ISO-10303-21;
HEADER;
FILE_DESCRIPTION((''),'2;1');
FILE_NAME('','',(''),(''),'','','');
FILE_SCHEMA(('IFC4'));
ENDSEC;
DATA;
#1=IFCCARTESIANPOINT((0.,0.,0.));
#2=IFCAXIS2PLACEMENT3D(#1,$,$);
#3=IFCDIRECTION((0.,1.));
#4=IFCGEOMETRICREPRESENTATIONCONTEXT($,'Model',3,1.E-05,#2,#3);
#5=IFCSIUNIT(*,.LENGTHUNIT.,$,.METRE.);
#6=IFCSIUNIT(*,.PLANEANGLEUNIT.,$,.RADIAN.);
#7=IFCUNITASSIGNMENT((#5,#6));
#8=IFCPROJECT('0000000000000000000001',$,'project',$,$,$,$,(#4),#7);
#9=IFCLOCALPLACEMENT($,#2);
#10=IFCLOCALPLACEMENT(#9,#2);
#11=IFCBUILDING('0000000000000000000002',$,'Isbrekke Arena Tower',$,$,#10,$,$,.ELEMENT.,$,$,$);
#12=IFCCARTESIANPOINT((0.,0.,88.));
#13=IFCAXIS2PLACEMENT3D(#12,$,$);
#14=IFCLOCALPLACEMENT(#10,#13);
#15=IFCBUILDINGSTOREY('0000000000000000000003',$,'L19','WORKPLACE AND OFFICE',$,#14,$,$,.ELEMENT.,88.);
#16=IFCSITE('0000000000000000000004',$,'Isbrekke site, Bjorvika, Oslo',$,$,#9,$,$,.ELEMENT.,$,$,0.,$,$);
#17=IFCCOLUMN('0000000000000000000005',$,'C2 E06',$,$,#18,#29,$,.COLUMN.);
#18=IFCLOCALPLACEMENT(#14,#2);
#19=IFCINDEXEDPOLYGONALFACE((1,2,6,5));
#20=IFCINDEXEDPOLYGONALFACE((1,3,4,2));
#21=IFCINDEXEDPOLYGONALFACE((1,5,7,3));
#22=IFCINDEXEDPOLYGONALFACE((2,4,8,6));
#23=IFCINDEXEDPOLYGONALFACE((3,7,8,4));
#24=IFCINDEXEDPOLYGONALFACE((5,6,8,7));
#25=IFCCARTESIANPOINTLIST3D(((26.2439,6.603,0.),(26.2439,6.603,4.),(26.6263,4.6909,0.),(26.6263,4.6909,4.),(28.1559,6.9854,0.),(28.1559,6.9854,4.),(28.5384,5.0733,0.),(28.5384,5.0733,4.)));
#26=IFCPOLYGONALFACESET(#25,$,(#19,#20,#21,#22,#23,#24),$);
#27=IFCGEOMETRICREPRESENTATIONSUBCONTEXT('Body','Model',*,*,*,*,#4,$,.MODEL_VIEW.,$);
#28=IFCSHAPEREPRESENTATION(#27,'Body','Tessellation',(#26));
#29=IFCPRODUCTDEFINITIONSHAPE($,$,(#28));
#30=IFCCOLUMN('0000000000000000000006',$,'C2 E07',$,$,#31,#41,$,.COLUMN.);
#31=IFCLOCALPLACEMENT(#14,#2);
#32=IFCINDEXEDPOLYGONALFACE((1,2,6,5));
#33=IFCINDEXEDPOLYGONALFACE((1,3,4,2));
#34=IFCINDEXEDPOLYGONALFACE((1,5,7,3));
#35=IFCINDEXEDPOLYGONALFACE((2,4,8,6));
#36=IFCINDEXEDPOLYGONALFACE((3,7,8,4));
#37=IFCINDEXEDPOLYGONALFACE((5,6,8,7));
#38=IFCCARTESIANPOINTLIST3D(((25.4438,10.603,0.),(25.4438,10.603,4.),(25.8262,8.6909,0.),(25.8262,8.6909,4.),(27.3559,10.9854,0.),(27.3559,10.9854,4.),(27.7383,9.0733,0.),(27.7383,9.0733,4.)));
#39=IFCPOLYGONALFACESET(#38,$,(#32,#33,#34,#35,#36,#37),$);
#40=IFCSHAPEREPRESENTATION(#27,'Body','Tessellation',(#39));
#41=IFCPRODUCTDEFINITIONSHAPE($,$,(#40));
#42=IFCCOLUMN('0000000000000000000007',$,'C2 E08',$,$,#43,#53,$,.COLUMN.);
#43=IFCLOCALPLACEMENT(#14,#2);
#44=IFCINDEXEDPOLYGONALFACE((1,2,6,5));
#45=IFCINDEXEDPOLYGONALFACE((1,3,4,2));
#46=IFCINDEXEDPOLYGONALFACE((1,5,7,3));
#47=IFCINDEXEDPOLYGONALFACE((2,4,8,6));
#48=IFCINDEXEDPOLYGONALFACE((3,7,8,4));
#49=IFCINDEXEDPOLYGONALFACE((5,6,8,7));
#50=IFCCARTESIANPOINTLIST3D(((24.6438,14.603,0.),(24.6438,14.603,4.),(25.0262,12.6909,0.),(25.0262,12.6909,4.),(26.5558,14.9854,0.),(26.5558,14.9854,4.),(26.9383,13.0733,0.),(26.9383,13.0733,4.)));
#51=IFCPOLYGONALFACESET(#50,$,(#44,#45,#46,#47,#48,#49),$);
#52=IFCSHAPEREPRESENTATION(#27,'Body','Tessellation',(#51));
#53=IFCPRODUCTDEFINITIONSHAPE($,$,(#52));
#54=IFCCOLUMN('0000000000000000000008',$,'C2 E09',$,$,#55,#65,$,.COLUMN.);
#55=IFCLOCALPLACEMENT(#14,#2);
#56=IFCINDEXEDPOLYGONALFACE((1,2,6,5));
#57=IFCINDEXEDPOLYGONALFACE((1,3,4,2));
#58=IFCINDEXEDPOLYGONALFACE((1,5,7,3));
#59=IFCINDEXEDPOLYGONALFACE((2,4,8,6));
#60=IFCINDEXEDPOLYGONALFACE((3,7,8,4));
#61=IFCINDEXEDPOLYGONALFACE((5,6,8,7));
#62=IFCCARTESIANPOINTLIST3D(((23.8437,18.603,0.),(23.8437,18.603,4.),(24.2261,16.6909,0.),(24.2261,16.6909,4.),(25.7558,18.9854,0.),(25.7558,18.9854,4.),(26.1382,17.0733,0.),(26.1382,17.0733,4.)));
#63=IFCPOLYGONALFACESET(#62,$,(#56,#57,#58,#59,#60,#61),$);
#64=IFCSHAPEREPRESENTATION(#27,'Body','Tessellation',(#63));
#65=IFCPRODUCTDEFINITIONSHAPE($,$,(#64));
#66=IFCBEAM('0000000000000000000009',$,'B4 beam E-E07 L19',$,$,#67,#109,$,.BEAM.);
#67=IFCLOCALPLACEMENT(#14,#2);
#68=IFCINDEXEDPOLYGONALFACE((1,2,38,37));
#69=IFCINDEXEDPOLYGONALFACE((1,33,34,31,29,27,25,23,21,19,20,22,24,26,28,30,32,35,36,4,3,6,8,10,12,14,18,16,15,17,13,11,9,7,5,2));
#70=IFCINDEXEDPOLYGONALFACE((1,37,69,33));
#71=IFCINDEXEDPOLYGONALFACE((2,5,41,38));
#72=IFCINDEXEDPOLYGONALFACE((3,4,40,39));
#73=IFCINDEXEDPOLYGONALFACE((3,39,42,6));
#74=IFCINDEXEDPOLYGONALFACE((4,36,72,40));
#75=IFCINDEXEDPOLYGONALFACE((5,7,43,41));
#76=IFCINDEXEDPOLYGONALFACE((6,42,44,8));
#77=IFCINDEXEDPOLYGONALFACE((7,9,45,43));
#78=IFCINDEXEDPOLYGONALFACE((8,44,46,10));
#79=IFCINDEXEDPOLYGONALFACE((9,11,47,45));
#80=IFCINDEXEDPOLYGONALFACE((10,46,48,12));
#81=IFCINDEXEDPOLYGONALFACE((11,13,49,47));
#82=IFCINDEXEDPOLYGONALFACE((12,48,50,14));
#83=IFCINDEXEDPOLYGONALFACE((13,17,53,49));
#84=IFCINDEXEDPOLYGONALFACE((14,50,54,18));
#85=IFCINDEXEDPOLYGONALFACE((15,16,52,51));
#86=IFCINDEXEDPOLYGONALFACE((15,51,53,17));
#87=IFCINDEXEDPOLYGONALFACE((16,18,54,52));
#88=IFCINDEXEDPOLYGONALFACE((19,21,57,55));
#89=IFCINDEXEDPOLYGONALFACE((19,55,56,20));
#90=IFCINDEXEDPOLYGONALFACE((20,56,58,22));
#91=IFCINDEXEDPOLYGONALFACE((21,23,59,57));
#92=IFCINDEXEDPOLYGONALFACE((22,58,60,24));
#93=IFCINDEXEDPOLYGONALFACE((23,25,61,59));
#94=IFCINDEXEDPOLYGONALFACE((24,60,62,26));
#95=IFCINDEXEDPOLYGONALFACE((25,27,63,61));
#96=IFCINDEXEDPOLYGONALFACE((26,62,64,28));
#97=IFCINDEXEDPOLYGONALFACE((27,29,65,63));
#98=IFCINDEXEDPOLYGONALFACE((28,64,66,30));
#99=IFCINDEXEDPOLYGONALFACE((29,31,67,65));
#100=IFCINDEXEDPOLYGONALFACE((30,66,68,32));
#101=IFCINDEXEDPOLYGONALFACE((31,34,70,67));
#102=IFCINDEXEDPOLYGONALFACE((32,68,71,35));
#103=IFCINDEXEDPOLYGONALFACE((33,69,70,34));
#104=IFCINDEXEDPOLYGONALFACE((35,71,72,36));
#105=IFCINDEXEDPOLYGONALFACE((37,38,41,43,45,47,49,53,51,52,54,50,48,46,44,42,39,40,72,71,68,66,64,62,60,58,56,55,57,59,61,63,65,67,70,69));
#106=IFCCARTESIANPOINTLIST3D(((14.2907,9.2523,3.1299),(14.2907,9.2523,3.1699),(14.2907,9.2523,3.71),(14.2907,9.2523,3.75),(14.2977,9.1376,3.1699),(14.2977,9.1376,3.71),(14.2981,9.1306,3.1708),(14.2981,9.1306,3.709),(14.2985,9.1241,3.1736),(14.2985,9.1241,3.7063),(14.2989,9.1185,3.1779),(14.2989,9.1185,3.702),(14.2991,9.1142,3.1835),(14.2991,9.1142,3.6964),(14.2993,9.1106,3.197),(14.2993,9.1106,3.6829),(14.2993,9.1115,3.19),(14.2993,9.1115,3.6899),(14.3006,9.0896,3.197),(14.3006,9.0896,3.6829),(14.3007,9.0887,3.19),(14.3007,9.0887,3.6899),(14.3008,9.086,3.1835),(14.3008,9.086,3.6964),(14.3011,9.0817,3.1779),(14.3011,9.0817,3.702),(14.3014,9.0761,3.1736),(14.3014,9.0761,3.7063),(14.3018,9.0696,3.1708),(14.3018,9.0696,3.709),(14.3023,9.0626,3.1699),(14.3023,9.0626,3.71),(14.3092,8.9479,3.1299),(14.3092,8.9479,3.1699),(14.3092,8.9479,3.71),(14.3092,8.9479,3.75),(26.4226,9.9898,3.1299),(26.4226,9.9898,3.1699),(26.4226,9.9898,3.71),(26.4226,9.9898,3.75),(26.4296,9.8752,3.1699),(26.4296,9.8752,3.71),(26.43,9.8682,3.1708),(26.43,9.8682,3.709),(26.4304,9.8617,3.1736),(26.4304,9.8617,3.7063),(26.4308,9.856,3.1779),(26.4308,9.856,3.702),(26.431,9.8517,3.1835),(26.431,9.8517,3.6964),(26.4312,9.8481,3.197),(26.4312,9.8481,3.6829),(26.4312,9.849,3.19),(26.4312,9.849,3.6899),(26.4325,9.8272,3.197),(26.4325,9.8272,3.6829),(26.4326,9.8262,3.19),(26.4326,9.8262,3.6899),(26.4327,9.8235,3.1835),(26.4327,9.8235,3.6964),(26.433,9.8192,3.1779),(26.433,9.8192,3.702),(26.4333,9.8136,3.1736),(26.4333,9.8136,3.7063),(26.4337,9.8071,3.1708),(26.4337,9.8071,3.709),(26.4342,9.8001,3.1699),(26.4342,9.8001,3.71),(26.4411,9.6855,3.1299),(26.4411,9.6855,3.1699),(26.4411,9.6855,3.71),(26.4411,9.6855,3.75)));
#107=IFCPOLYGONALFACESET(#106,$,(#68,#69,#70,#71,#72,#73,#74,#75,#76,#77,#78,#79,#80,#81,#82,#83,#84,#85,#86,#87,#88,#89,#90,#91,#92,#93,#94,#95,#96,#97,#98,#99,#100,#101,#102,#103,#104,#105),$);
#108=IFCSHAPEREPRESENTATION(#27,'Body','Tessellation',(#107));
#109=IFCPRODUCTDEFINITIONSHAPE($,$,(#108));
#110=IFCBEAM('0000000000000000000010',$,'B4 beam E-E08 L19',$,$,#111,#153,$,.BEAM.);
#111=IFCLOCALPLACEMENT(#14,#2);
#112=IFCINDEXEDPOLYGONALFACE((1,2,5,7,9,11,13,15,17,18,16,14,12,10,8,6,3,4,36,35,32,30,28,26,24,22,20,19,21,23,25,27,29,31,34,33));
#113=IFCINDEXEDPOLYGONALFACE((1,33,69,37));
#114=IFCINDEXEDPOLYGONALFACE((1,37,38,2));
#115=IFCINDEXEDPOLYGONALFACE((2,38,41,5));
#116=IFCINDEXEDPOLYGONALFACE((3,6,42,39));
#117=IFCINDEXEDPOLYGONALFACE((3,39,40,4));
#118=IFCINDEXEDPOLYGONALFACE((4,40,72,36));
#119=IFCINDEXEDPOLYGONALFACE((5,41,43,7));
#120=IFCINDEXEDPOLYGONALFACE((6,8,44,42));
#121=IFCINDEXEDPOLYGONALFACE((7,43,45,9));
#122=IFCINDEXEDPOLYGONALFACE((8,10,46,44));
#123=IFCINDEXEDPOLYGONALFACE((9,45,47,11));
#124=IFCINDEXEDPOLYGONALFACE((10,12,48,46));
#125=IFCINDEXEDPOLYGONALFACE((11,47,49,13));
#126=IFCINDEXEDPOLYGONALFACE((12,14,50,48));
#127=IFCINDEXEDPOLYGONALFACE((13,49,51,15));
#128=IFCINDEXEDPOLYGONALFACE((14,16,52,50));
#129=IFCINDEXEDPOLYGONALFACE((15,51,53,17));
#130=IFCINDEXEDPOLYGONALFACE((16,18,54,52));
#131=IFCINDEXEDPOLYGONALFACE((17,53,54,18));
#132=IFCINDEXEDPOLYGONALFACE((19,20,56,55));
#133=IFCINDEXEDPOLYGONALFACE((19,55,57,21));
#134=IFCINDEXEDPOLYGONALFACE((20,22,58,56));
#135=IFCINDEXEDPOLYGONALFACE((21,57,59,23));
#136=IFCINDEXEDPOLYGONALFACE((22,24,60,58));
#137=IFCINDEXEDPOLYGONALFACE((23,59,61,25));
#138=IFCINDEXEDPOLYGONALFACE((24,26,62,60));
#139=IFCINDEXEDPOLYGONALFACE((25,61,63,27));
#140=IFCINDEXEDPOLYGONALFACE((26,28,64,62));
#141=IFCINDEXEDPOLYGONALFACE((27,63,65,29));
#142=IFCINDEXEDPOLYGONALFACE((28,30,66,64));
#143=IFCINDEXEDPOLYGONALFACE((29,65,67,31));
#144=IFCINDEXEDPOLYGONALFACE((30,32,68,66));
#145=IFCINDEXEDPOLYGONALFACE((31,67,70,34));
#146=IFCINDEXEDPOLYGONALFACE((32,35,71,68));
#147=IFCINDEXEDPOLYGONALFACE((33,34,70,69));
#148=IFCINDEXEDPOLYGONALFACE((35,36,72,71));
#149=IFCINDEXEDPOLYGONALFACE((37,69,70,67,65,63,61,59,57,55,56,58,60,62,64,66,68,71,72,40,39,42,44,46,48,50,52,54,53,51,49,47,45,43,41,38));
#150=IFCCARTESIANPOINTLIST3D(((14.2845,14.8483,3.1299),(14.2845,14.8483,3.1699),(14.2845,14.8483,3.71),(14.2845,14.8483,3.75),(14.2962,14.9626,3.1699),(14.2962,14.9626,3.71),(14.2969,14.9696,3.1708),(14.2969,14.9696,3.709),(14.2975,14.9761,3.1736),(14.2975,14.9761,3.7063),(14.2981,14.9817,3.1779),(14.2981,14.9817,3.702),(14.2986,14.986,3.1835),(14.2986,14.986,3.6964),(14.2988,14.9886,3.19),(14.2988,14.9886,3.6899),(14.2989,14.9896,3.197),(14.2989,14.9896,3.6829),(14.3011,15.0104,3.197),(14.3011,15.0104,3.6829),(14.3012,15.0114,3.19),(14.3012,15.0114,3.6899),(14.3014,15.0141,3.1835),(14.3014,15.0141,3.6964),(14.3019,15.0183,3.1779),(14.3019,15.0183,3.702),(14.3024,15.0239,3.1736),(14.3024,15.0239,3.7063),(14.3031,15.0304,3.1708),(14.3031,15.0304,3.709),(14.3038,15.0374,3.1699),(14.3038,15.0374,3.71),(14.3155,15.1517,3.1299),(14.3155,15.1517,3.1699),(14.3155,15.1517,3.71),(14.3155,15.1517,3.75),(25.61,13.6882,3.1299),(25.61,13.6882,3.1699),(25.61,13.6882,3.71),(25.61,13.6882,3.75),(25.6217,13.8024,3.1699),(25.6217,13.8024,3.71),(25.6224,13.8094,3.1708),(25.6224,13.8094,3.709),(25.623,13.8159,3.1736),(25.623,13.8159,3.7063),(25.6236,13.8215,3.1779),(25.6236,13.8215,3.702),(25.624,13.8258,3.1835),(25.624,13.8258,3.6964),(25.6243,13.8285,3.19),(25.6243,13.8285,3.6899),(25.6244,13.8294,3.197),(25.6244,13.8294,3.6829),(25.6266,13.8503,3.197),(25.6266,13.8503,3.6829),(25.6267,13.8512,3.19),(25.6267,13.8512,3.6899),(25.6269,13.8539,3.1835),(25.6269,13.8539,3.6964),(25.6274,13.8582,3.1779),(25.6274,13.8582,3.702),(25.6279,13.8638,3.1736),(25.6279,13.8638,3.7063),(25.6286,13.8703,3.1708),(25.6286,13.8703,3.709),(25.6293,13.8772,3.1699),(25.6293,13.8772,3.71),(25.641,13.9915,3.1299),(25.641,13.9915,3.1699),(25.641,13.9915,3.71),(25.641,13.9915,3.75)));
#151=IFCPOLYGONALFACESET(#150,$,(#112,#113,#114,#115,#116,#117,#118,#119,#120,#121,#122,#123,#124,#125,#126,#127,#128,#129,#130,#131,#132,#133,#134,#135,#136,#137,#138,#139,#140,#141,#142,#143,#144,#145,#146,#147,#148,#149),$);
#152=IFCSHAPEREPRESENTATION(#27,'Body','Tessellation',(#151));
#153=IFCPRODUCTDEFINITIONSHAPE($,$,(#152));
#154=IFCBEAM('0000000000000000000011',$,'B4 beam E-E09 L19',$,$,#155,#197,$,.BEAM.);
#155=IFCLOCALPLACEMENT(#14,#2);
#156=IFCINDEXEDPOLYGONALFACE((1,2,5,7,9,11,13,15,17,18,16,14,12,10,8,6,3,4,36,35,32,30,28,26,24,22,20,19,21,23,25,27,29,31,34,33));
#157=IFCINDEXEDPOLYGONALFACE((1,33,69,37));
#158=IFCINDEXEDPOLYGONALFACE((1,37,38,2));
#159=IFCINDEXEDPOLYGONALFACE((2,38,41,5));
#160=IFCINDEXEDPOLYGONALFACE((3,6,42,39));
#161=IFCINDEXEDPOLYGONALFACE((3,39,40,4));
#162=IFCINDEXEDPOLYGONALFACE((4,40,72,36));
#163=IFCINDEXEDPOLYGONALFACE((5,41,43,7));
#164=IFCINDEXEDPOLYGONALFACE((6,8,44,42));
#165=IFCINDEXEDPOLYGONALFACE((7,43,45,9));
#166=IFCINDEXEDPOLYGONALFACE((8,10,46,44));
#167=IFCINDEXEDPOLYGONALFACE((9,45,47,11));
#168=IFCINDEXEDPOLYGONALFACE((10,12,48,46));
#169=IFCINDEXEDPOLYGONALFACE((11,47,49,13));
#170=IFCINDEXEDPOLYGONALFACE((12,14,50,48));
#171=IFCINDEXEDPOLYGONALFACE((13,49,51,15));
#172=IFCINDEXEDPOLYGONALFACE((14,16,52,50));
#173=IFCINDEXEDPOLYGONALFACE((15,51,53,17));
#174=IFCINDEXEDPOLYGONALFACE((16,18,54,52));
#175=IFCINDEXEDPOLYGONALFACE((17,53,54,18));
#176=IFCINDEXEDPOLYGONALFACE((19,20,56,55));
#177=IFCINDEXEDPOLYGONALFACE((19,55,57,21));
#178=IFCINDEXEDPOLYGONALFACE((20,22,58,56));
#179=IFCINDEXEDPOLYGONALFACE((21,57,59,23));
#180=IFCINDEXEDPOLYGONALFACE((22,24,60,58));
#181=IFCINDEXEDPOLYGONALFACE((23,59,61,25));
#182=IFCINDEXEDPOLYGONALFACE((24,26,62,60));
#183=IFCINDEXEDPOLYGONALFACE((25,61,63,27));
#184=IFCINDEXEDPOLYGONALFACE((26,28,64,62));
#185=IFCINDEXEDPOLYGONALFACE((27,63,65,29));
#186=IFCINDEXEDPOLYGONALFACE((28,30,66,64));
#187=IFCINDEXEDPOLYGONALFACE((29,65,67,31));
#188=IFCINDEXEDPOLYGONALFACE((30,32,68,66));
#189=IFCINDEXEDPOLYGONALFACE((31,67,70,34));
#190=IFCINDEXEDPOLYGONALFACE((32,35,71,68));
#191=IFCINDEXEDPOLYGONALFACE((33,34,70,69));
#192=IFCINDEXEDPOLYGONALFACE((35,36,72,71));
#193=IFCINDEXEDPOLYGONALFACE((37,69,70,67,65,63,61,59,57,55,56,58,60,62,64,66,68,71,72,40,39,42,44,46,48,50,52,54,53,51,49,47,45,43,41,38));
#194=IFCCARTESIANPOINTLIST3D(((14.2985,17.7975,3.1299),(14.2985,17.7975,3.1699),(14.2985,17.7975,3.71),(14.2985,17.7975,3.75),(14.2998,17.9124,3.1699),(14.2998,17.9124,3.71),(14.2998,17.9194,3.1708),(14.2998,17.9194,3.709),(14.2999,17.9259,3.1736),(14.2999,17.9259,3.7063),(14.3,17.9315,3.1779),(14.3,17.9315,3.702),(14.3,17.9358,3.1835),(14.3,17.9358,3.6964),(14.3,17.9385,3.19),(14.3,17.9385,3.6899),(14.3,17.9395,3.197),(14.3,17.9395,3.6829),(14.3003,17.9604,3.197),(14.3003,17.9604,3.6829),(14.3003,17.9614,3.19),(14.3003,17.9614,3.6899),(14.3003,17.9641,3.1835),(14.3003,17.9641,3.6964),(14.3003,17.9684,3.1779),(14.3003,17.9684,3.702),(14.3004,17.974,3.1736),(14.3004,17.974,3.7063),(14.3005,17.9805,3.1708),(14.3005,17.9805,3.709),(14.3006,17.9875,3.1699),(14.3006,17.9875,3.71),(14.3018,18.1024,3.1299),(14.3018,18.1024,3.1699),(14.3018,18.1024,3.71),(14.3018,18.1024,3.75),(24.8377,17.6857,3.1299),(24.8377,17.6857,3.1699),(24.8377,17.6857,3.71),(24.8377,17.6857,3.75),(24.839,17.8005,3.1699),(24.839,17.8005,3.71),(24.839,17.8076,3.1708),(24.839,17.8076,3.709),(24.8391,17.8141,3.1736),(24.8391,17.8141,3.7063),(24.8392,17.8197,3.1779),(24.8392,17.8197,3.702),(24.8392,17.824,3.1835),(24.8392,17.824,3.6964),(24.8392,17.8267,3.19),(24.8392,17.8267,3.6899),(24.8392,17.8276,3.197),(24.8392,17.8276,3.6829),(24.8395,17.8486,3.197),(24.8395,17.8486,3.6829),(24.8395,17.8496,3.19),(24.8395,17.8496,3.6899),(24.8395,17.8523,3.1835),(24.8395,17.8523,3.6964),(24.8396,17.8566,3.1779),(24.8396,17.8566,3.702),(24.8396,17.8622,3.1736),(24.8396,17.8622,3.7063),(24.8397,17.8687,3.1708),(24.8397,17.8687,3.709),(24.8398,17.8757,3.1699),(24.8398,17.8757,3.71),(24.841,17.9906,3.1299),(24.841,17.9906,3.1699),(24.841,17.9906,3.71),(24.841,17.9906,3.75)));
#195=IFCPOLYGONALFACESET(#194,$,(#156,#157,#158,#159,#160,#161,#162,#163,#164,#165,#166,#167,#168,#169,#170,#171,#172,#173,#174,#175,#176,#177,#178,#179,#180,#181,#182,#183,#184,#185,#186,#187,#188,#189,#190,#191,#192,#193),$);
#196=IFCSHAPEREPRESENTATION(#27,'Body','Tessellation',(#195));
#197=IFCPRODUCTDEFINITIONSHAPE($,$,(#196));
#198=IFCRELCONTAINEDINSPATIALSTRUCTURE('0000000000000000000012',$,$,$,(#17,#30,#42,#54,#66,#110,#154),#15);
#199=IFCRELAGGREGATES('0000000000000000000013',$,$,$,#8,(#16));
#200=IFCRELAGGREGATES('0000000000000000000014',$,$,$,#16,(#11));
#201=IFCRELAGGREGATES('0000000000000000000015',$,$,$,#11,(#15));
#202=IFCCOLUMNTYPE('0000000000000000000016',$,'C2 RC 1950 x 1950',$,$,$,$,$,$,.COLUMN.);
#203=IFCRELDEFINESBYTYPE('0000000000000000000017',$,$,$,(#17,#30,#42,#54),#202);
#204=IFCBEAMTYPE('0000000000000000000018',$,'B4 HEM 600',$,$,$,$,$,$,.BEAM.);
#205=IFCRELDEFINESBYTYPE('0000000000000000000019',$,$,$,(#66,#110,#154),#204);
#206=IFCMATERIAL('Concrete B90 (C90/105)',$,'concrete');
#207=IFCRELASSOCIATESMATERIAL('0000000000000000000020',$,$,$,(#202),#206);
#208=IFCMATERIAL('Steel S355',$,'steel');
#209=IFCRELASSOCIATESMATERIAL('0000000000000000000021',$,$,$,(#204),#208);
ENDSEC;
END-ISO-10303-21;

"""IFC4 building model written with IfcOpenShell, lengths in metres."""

from ifc_helpers import new_model, si_unit, direction, frame, origin, origin_2d, place, context, subcontext, project, spatial, rectangle, i_section, extrude, material, material_profile, profile_set, type_object, element, save


model = new_model("IFC4")

# Units and contexts
model_context = context("Model", 3, precision=1e-05, world=origin(), true_north=direction((0.0, 1.0)))
body_context = subcontext(model_context, "Body", "Model", "MODEL_VIEW")
ifc_project = project(units=[si_unit("LENGTHUNIT", "METRE"), si_unit("PLANEANGLEUNIT", "RADIAN")], contexts=[model_context])

# Site, building, storey
site_placement = place(None, origin())
site = spatial("IfcSite", under=ifc_project, at=site_placement, Name="Isbrekke site, Bjorvika, Oslo", CompositionType="ELEMENT", RefElevation=0.0)
building_placement = place(site_placement, origin())
building = spatial("IfcBuilding", under=site, at=building_placement, Name="Isbrekke Arena Tower", CompositionType="ELEMENT")
storey_placement = place(building_placement, frame((0.0, 0.0, 88.0)))
storey = spatial("IfcBuildingStorey", under=building, at=storey_placement, Name="L19", Description="WORKPLACE AND OFFICE", CompositionType="ELEMENT", Elevation=88.0)

# Columns
ifc_material_1 = material(Name="Concrete B90 (C90/105)", Category="concrete")
ifc_material_profile_1 = material_profile(ifc_material_1, rectangle(XDim=1.95, YDim=1.95, at=origin_2d()), Name="RC 1950x1950")
ifc_profile_set_1 = profile_set([ifc_material_profile_1], Name="Concrete B90 (C90/105)")
column_type = type_object("IfcColumnType", Name="C2 RC 1950 x 1950", PredefinedType="COLUMN", material=ifc_profile_set_1)
for number, where, z_axis, x_axis, name in (
    (1, (27.3911, 5.8381, 0.0), (0.0, 0.0, 1.0), (-0.196116, 0.980581, 0.0), "C2 E06"),
    (2, (26.5911, 9.8381, 0.0), (0.0, 0.0, 1.0), (-0.196116, 0.980581, 0.0), "C2 E07"),
    (3, (25.791, 13.8381, 0.0), (0.0, 0.0, 1.0), (-0.196116, 0.980581, 0.0), "C2 E08"),
    (4, (24.991, 17.8381, 0.0), (0.0, 0.0, 1.0), (-0.196116, 0.980581, 0.0), "C2 E09"),
):
    element("IfcColumn", number, at=place(storey_placement, frame(where, z_axis=z_axis, x_axis=x_axis)), inside=storey, type_object=column_type, Name=name, PredefinedType="COLUMN", context=body_context, shape_type="SweptSolid", body=[
        extrude(rectangle(XDim=1.95, YDim=1.95, at=origin_2d()), origin(), (0.0, 0.0, 1.0), 4.0),
    ])

# Beams
ifc_material_2 = material(Name="Steel S355", Category="steel")
ifc_material_profile_2 = material_profile(ifc_material_2, i_section(OverallWidth=0.3049, OverallDepth=0.6201, WebThickness=0.021, FlangeThickness=0.04, FilletRadius=0.0271, at=origin_2d()), Name="HEM 600")
ifc_profile_set_2 = profile_set([ifc_material_profile_2], Name="Steel S355")
beam_type_1 = type_object("IfcBeamType", Name="B4 HEM 600", PredefinedType="BEAM", material=ifc_profile_set_2)
beam_1_placement = place(storey_placement, frame((26.4319, 9.8376, 3.4399), z_axis=(-0.998157, -0.060682, 0.0), x_axis=(0.060682, -0.998157, 0.0)))
element("IfcBeam", 5, at=beam_1_placement, inside=storey, type_object=beam_type_1, Name="B4 beam E-E07 L19", PredefinedType="BEAM", context=body_context, shape_type="SweptSolid", body=[
    extrude(i_section(OverallWidth=0.3049, OverallDepth=0.6201, WebThickness=0.021, FlangeThickness=0.04, FilletRadius=0.0271, at=origin_2d()), origin(), (0.0, 0.0, 1.0), 12.1543),
])
beam_2_placement = place(storey_placement, frame((25.6255, 13.8398, 3.4399), z_axis=(-0.994794, 0.101905, 0.0), x_axis=(-0.101905, -0.994794, 0.0)))
element("IfcBeam", 6, at=beam_2_placement, inside=storey, type_object=beam_type_1, Name="B4 beam E-E08 L19", PredefinedType="BEAM", context=body_context, shape_type="SweptSolid", body=[
    extrude(i_section(OverallWidth=0.3049, OverallDepth=0.6201, WebThickness=0.021, FlangeThickness=0.04, FilletRadius=0.0271, at=origin_2d()), origin(), (0.0, 0.0, 1.0), 11.3848),
])
beam_3_placement = place(storey_placement, frame((24.8394, 17.8381, 3.4399), z_axis=(-0.999944, 0.010609, 0.0), x_axis=(-0.010609, -0.999944, 0.0)))
element("IfcBeam", 7, at=beam_3_placement, inside=storey, type_object=beam_type_1, Name="B4 beam E-E09 L19", PredefinedType="BEAM", context=body_context, shape_type="SweptSolid", body=[
    extrude(i_section(OverallWidth=0.3049, OverallDepth=0.6201, WebThickness=0.021, FlangeThickness=0.04, FilletRadius=0.0271, at=origin_2d()), origin(), (0.0, 0.0, 1.0), 10.5398),
])

save(model, "model.ifc")
